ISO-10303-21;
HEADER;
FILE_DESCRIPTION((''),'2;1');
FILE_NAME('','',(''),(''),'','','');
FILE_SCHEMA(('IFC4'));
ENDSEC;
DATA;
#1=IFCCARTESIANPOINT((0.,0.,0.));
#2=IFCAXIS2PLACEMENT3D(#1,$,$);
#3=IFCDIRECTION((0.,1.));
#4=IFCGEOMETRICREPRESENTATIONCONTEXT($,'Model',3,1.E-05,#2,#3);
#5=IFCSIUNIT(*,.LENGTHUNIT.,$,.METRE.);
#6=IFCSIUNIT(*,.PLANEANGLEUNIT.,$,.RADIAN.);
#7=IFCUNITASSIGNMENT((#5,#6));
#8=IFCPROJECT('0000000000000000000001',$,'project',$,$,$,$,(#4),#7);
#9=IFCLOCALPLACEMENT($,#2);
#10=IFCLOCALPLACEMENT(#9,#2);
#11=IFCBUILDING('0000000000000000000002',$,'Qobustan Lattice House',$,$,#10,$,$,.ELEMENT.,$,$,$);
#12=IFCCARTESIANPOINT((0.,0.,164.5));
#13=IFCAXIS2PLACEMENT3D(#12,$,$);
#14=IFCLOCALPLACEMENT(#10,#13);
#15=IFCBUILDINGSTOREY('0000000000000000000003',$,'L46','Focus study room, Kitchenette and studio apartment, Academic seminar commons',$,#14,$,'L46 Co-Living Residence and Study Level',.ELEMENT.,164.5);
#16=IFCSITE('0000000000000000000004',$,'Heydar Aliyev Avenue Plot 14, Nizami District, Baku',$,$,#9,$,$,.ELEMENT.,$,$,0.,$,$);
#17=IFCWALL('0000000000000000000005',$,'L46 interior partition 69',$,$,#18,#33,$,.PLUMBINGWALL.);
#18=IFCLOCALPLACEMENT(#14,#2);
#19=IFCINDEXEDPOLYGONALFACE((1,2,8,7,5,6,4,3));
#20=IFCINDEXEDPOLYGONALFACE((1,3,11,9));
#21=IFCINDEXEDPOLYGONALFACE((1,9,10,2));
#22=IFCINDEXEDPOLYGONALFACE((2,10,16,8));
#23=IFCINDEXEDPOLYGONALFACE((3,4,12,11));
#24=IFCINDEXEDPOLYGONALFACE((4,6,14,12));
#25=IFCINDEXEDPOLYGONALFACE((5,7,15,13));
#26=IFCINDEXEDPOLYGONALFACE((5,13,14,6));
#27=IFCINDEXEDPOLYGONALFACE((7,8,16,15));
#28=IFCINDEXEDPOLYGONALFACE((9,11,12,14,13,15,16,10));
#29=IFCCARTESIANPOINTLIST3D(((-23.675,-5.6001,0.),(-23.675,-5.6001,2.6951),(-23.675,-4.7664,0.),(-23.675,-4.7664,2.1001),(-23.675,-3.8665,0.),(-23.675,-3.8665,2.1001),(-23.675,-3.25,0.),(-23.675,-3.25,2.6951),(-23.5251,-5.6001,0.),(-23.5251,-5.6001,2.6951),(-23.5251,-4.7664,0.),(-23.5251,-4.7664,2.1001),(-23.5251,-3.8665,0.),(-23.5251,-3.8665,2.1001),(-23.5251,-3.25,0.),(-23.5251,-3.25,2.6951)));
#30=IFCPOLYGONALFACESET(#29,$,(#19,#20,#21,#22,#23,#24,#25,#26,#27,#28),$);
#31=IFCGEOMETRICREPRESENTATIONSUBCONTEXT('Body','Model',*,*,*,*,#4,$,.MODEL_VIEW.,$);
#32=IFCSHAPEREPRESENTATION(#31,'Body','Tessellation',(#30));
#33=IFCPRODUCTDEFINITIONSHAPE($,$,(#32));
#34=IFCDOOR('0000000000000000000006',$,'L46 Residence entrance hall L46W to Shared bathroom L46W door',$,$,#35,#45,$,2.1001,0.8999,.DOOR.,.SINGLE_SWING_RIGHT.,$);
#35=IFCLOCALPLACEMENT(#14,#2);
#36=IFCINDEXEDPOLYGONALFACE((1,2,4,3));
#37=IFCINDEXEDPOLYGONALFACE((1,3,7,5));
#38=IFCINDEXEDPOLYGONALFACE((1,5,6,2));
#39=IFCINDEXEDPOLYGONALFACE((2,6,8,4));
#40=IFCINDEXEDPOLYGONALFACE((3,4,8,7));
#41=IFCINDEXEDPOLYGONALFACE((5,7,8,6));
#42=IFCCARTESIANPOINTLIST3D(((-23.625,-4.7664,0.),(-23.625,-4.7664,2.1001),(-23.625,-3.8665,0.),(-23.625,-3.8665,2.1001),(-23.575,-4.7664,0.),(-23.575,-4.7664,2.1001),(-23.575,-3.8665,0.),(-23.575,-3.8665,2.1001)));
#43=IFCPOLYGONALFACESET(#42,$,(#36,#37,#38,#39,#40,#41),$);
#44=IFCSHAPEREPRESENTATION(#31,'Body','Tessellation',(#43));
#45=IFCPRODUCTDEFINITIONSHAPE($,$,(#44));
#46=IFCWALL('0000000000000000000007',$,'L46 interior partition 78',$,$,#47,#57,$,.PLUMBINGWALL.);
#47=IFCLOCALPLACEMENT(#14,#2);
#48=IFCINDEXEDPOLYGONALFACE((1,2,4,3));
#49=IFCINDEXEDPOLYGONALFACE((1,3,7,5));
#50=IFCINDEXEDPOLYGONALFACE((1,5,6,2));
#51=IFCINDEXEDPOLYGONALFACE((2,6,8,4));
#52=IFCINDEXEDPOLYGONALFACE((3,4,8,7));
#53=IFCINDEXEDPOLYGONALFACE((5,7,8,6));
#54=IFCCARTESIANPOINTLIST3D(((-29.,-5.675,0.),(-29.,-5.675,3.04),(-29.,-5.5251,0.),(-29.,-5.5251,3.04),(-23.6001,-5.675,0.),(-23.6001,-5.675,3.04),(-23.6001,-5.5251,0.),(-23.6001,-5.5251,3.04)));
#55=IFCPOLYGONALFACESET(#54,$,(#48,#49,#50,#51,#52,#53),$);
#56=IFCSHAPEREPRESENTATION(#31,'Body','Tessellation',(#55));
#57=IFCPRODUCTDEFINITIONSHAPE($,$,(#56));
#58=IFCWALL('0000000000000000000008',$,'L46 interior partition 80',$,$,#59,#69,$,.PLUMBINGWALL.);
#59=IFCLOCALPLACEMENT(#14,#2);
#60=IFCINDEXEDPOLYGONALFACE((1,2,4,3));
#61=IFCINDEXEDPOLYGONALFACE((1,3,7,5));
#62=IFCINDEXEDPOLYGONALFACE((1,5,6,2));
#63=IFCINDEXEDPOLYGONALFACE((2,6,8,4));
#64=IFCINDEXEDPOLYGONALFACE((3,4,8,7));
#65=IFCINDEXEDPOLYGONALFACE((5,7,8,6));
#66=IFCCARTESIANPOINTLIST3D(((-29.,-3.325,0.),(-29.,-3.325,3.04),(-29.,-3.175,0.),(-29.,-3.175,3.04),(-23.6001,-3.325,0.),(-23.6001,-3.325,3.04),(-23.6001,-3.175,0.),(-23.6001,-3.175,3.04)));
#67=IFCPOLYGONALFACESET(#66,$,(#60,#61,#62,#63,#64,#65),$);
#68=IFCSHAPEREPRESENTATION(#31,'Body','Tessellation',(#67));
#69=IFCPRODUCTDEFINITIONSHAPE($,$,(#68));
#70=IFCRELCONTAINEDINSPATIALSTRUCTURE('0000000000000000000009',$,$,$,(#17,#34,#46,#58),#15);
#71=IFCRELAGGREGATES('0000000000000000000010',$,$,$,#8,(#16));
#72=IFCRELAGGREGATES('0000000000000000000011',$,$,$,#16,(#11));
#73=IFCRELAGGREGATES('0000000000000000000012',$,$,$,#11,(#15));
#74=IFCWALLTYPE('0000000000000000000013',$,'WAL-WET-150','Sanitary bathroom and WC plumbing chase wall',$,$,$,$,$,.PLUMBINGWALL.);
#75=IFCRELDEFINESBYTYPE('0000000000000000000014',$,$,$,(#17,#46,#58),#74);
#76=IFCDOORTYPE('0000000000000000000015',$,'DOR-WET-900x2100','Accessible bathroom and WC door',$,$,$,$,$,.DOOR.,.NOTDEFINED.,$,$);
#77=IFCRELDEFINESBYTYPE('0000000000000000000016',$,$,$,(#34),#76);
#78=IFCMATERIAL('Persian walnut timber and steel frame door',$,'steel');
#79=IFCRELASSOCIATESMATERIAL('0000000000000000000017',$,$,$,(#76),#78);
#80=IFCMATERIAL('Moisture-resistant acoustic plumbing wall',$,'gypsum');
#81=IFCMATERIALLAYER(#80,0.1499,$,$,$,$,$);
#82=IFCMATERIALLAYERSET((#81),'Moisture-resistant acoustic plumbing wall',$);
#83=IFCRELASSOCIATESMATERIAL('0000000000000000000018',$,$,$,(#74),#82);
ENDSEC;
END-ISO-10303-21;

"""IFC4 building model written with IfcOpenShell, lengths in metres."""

from ifc_helpers import new_model, si_unit, direction, frame, frame_2d, origin, place, context, subcontext, project, spatial, rectangle, extrude, material, layer, layer_set, type_object, element, fill, save


model = new_model("IFC4")

# Units and contexts
model_context = context("Model", 3, precision=1e-05, world=origin(), true_north=direction((0.0, 1.0)))
body_context = subcontext(model_context, "Body", "Model", "MODEL_VIEW")
ifc_project = project(units=[si_unit("LENGTHUNIT", "METRE"), si_unit("PLANEANGLEUNIT", "RADIAN")], contexts=[model_context])

# Site, building, storey
site_placement = place(None, origin())
site = spatial("IfcSite", under=ifc_project, at=site_placement, Name="Heydar Aliyev Avenue Plot 14, Nizami District, Baku", CompositionType="ELEMENT", RefElevation=0.0)
building_placement = place(site_placement, origin())
building = spatial("IfcBuilding", under=site, at=building_placement, Name="Qobustan Lattice House", CompositionType="ELEMENT")
storey_placement = place(building_placement, frame((0.0, 0.0, 164.5)))
storey = spatial("IfcBuildingStorey", under=building, at=storey_placement, Name="L46", Description="Focus study room, Kitchenette and studio apartment, Academic seminar commons", LongName="L46 Co-Living Residence and Study Level", CompositionType="ELEMENT", Elevation=164.5)

# Shared definitions
ifc_material_1 = material(Name="Persian walnut timber and steel frame door", Category="steel")
door_type_1 = type_object("IfcDoorType", Name="DOR-WET-900x2100", Description="Accessible bathroom and WC door", OperationType="NOTDEFINED", PredefinedType="DOOR", material=ifc_material_1)

# Wall, opening, door
ifc_material_2 = material(Name="Moisture-resistant acoustic plumbing wall", Category="gypsum")
ifc_layer_1 = layer(ifc_material_2, 0.1499)
ifc_layer_set_1 = layer_set([ifc_layer_1], Name="Moisture-resistant acoustic plumbing wall")
wall_type_1 = type_object("IfcWallType", Name="WAL-WET-150", Description="Sanitary bathroom and WC plumbing chase wall", PredefinedType="PLUMBINGWALL", material=ifc_layer_set_1)
wall_1_placement = place(storey_placement, frame((-23.6001, -5.6001, 0.0), z_axis=(0.0, 0.0, 1.0), x_axis=(0.0, 1.0, 0.0)))
wall_1 = element("IfcWall", 1, at=wall_1_placement, inside=storey, type_object=wall_type_1, Name="L46 interior partition 69", PredefinedType="PLUMBINGWALL", context=body_context, shape_type="SweptSolid", body=[
    extrude(rectangle(XDim=2.3501, YDim=0.1499, at=frame_2d((1.175, 0.0))), origin(), (0.0, 0.0, 1.0), 2.6951),
])
opening_1_placement = place(wall_1_placement, frame((0.8337, 0.0, 0.0)))
opening_1 = element("IfcOpeningElement", 2, at=opening_1_placement, cuts=wall_1, PredefinedType="OPENING", context=body_context, shape_type="SweptSolid", body=[
    extrude(rectangle(XDim=0.8999, YDim=2.1001, at=frame_2d((0.45, 1.05))), frame((0.0, 0.085, 0.0), z_axis=(0.0, -1.0, 0.0), x_axis=(1.0, 0.0, 0.0)), (0.0, 0.0, 1.0), 0.1699),
])
door_1_placement = place(opening_1_placement, origin())
door_1 = element("IfcDoor", 3, at=door_1_placement, inside=storey, type_object=door_type_1, Name="L46 Residence entrance hall L46W to Shared bathroom L46W door", OperationType="SINGLE_SWING_RIGHT", OverallHeight=2.1001, OverallWidth=0.8999, PredefinedType="DOOR", context=body_context, shape_type="SweptSolid", body=[
    extrude(rectangle(XDim=0.8999, YDim=2.1001, at=frame_2d((0.45, 1.05))), frame((0.0, 0.0249, 0.0), z_axis=(0.0, -1.0, 0.0), x_axis=(1.0, 0.0, 0.0)), (0.0, 0.0, 1.0), 0.05),
])
fill(opening_1, door_1)

# Walls
for number, where, z_axis, x_axis, name in (
    (4, (-29.0, -5.6001, 0.0), (0.0, 0.0, 1.0), (1.0, 0.0, 0.0), "L46 interior partition 78"),
    (5, (-29.0, -3.25, 0.0), (0.0, 0.0, 1.0), (1.0, 0.0, 0.0), "L46 interior partition 80"),
):
    element("IfcWall", number, at=place(storey_placement, frame(where, z_axis=z_axis, x_axis=x_axis)), inside=storey, type_object=wall_type_1, Name=name, PredefinedType="PLUMBINGWALL", context=body_context, shape_type="SweptSolid", body=[
        extrude(rectangle(XDim=5.3999, YDim=0.1499, at=frame_2d((2.7, 0.0))), origin(), (0.0, 0.0, 1.0), 3.04),
    ])

save(model, "model.ifc")
